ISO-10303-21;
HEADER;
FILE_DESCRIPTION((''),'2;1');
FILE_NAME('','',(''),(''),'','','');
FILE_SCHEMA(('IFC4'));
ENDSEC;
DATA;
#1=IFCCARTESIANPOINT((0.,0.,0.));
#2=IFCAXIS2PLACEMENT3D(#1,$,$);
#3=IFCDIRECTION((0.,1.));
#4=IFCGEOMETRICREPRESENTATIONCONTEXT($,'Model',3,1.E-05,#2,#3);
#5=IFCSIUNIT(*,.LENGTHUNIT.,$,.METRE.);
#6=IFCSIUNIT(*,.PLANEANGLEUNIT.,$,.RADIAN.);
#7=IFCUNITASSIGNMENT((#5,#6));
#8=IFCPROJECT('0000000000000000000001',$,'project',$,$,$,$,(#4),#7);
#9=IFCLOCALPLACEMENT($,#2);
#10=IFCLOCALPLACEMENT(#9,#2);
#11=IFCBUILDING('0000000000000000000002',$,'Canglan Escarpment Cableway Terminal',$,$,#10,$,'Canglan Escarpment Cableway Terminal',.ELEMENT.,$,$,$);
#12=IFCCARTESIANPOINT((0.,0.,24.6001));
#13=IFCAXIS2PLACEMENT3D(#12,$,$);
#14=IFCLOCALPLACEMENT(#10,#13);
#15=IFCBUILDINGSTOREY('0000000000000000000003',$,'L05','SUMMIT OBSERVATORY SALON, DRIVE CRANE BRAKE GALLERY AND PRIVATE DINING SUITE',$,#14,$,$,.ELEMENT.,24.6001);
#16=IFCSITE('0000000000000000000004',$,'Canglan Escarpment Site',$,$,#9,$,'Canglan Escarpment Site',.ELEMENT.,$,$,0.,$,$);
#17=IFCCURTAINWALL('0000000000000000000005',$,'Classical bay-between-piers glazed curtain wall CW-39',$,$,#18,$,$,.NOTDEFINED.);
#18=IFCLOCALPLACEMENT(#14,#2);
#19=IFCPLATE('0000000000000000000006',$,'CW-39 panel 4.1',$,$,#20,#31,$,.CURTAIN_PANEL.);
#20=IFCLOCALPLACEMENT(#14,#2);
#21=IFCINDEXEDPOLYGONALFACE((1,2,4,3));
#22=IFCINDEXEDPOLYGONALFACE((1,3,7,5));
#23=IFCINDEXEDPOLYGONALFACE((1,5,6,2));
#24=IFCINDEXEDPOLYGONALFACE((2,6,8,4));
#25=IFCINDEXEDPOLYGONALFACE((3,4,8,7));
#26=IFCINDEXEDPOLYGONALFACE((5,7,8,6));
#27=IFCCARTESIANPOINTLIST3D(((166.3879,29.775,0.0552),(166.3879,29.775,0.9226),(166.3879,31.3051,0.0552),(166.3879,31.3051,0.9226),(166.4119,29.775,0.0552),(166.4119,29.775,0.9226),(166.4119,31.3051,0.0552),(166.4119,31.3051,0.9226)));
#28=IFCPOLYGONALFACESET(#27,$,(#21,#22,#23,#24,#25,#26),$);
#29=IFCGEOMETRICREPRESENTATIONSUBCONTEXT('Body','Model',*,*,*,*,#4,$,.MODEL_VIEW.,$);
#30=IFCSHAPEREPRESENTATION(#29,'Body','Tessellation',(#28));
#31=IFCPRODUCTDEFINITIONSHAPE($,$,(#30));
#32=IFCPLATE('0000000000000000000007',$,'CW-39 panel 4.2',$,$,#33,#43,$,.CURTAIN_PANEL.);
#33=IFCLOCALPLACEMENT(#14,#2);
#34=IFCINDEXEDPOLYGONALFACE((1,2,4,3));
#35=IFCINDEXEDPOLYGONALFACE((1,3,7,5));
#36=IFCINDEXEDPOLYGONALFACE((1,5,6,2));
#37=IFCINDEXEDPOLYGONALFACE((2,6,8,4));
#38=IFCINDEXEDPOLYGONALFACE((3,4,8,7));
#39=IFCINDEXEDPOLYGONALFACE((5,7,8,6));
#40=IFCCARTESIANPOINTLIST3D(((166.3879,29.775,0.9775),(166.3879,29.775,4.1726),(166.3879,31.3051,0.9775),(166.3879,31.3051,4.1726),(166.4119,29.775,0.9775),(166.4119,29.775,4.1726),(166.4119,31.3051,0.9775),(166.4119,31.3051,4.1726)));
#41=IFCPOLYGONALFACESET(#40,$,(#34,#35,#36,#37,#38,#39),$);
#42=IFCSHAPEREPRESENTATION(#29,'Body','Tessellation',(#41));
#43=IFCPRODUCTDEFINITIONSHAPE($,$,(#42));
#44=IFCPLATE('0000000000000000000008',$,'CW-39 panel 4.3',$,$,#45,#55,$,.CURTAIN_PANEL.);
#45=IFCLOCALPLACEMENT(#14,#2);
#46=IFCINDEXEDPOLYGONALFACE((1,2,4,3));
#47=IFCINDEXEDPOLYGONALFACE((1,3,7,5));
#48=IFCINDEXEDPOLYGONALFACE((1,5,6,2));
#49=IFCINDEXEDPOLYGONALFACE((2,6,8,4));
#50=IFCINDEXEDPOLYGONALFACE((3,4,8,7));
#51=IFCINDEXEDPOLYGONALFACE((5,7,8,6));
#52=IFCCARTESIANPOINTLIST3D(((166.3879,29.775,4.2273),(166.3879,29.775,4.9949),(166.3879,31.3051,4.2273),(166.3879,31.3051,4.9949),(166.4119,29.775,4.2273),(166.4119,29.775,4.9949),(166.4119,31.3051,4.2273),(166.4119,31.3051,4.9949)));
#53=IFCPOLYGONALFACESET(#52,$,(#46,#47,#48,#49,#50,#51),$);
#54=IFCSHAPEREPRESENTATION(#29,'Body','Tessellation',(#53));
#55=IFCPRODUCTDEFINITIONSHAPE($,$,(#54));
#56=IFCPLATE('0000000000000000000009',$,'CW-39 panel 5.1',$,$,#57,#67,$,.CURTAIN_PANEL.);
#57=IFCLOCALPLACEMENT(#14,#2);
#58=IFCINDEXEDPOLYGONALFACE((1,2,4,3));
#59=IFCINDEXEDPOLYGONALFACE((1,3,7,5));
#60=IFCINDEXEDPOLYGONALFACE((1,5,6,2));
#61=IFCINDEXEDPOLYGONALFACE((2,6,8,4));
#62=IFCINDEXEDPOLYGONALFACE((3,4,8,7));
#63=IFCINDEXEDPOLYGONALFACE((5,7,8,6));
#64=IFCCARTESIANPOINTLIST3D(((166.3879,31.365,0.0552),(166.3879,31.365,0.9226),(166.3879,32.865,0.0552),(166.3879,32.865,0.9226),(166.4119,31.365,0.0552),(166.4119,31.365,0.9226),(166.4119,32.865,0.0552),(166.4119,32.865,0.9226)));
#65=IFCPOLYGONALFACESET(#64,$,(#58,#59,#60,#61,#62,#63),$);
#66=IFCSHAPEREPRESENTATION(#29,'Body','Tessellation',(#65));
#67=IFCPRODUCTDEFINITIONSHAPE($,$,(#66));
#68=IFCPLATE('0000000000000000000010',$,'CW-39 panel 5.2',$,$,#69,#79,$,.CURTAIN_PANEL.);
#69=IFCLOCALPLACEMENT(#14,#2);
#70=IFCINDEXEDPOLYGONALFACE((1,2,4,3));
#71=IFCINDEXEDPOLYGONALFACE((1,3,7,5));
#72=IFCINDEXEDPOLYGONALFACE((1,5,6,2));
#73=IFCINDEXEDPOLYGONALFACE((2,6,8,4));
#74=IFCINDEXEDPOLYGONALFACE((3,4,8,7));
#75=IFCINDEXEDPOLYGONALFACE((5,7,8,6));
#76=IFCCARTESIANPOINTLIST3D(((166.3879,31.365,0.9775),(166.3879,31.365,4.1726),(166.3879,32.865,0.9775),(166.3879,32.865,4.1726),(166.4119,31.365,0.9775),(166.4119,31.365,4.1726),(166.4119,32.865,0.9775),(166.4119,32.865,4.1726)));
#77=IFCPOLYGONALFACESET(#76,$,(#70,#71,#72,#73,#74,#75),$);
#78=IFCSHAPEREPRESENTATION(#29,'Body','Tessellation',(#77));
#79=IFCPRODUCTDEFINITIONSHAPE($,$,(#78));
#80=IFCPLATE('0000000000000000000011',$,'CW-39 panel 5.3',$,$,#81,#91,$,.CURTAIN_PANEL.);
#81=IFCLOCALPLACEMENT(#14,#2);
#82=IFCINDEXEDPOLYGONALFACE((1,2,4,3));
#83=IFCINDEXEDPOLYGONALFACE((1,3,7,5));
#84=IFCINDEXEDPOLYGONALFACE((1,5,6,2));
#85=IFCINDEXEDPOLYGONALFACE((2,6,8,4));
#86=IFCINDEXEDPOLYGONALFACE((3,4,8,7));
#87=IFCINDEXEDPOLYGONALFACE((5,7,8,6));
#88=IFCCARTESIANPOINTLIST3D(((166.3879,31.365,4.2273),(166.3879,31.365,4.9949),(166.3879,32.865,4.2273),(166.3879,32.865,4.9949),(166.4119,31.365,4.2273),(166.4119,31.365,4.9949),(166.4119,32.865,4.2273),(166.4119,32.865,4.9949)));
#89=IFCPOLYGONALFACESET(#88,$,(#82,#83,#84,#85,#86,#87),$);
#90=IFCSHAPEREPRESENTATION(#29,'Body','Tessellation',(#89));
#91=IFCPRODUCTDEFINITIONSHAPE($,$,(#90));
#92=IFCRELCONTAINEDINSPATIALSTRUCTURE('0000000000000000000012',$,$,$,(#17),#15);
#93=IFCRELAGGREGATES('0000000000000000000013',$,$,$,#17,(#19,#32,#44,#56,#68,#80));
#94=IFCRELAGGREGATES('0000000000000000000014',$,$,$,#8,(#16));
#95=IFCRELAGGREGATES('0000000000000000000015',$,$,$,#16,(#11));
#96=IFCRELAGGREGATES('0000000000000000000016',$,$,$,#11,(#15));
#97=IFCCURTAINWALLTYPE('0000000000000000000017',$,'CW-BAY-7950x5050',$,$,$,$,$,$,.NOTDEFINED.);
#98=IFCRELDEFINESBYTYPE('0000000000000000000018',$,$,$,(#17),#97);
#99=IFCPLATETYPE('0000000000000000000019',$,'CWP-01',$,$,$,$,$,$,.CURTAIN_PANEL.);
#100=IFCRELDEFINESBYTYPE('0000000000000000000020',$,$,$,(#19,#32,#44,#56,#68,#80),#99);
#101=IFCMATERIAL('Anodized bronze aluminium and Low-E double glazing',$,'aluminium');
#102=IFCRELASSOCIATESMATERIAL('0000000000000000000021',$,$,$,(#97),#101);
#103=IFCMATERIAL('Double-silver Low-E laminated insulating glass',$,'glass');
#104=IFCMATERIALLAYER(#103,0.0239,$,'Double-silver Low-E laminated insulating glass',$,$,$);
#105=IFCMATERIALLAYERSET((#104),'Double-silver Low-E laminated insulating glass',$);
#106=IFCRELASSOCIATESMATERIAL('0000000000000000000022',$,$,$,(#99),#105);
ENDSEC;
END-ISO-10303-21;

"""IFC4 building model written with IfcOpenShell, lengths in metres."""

from ifc_helpers import new_model, si_unit, direction, frame, origin, origin_2d, place, context, subcontext, project, spatial, rectangle, extrude, material, layer, layer_set, type_object, element, aggregate, save


model = new_model("IFC4")

# Units and contexts
model_context = context("Model", 3, precision=1e-05, world=origin(), true_north=direction((0.0, 1.0)))
body_context = subcontext(model_context, "Body", "Model", "MODEL_VIEW")
ifc_project = project(units=[si_unit("LENGTHUNIT", "METRE"), si_unit("PLANEANGLEUNIT", "RADIAN")], contexts=[model_context])

# Site, building, storey
site_placement = place(None, origin())
site = spatial("IfcSite", under=ifc_project, at=site_placement, Name="Canglan Escarpment Site", LongName="Canglan Escarpment Site", CompositionType="ELEMENT", RefElevation=0.0)
building_placement = place(site_placement, origin())
building = spatial("IfcBuilding", under=site, at=building_placement, Name="Canglan Escarpment Cableway Terminal", LongName="Canglan Escarpment Cableway Terminal", CompositionType="ELEMENT")
storey_placement = place(building_placement, frame((0.0, 0.0, 24.6001)))
storey = spatial("IfcBuildingStorey", under=building, at=storey_placement, Name="L05", Description="SUMMIT OBSERVATORY SALON, DRIVE CRANE BRAKE GALLERY AND PRIVATE DINING SUITE", CompositionType="ELEMENT", Elevation=24.6001)

# Curtain wall, plates
ifc_material_1 = material(Name="Anodized bronze aluminium and Low-E double glazing", Category="aluminium")
curtain_wall_type = type_object("IfcCurtainWallType", Name="CW-BAY-7950x5050", PredefinedType="NOTDEFINED", material=ifc_material_1)
curtain_wall_placement = place(storey_placement, origin())
curtain_wall = element("IfcCurtainWall", 1, at=curtain_wall_placement, inside=storey, type_object=curtain_wall_type, Name="Classical bay-between-piers glazed curtain wall CW-39", PredefinedType="NOTDEFINED")
ifc_material_2 = material(Name="Double-silver Low-E laminated insulating glass", Category="glass")
ifc_layer = layer(ifc_material_2, 0.0239, Name="Double-silver Low-E laminated insulating glass")
ifc_layer_set = layer_set([ifc_layer], Name="Double-silver Low-E laminated insulating glass")
plate_type = type_object("IfcPlateType", Name="CWP-01", PredefinedType="CURTAIN_PANEL", material=ifc_layer_set)
plate_1_placement = place(storey_placement, frame((166.3999, 30.54, 0.0552), z_axis=(0.0, 0.0, 1.0), x_axis=(0.0, 1.0, 0.0)))
plate_1 = element("IfcPlate", 2, at=plate_1_placement, type_object=plate_type, Name="CW-39 panel 4.1", PredefinedType="CURTAIN_PANEL", context=body_context, shape_type="SweptSolid", body=[
    extrude(rectangle(XDim=1.53, YDim=0.0239, at=origin_2d()), origin(), (0.0, 0.0, 1.0), 0.8674),
])
plate_2_placement = place(storey_placement, frame((166.3999, 30.54, 0.9775), z_axis=(0.0, 0.0, 1.0), x_axis=(0.0, 1.0, 0.0)))
plate_2 = element("IfcPlate", 3, at=plate_2_placement, type_object=plate_type, Name="CW-39 panel 4.2", PredefinedType="CURTAIN_PANEL", context=body_context, shape_type="SweptSolid", body=[
    extrude(rectangle(XDim=1.53, YDim=0.0239, at=origin_2d()), origin(), (0.0, 0.0, 1.0), 3.1951),
])
plate_3_placement = place(storey_placement, frame((166.3999, 30.54, 4.2273), z_axis=(0.0, 0.0, 1.0), x_axis=(0.0, 1.0, 0.0)))
plate_3 = element("IfcPlate", 4, at=plate_3_placement, type_object=plate_type, Name="CW-39 panel 4.3", PredefinedType="CURTAIN_PANEL", context=body_context, shape_type="SweptSolid", body=[
    extrude(rectangle(XDim=1.53, YDim=0.0239, at=origin_2d()), origin(), (0.0, 0.0, 1.0), 0.7676),
])
plate_4_placement = place(storey_placement, frame((166.3999, 32.115, 0.0552), z_axis=(0.0, 0.0, 1.0), x_axis=(0.0, 1.0, 0.0)))
plate_4 = element("IfcPlate", 5, at=plate_4_placement, type_object=plate_type, Name="CW-39 panel 5.1", PredefinedType="CURTAIN_PANEL", context=body_context, shape_type="SweptSolid", body=[
    extrude(rectangle(XDim=1.5, YDim=0.0239, at=origin_2d()), origin(), (0.0, 0.0, 1.0), 0.8674),
])
plate_5_placement = place(storey_placement, frame((166.3999, 32.115, 0.9775), z_axis=(0.0, 0.0, 1.0), x_axis=(0.0, 1.0, 0.0)))
plate_5 = element("IfcPlate", 6, at=plate_5_placement, type_object=plate_type, Name="CW-39 panel 5.2", PredefinedType="CURTAIN_PANEL", context=body_context, shape_type="SweptSolid", body=[
    extrude(rectangle(XDim=1.5, YDim=0.0239, at=origin_2d()), origin(), (0.0, 0.0, 1.0), 3.1951),
])
plate_6_placement = place(storey_placement, frame((166.3999, 32.115, 4.2273), z_axis=(0.0, 0.0, 1.0), x_axis=(0.0, 1.0, 0.0)))
plate_6 = element("IfcPlate", 7, at=plate_6_placement, type_object=plate_type, Name="CW-39 panel 5.3", PredefinedType="CURTAIN_PANEL", context=body_context, shape_type="SweptSolid", body=[
    extrude(rectangle(XDim=1.5, YDim=0.0239, at=origin_2d()), origin(), (0.0, 0.0, 1.0), 0.7676),
])
aggregate(curtain_wall, [plate_1, plate_2, plate_3, plate_4, plate_5, plate_6])

save(model, "model.ifc")
